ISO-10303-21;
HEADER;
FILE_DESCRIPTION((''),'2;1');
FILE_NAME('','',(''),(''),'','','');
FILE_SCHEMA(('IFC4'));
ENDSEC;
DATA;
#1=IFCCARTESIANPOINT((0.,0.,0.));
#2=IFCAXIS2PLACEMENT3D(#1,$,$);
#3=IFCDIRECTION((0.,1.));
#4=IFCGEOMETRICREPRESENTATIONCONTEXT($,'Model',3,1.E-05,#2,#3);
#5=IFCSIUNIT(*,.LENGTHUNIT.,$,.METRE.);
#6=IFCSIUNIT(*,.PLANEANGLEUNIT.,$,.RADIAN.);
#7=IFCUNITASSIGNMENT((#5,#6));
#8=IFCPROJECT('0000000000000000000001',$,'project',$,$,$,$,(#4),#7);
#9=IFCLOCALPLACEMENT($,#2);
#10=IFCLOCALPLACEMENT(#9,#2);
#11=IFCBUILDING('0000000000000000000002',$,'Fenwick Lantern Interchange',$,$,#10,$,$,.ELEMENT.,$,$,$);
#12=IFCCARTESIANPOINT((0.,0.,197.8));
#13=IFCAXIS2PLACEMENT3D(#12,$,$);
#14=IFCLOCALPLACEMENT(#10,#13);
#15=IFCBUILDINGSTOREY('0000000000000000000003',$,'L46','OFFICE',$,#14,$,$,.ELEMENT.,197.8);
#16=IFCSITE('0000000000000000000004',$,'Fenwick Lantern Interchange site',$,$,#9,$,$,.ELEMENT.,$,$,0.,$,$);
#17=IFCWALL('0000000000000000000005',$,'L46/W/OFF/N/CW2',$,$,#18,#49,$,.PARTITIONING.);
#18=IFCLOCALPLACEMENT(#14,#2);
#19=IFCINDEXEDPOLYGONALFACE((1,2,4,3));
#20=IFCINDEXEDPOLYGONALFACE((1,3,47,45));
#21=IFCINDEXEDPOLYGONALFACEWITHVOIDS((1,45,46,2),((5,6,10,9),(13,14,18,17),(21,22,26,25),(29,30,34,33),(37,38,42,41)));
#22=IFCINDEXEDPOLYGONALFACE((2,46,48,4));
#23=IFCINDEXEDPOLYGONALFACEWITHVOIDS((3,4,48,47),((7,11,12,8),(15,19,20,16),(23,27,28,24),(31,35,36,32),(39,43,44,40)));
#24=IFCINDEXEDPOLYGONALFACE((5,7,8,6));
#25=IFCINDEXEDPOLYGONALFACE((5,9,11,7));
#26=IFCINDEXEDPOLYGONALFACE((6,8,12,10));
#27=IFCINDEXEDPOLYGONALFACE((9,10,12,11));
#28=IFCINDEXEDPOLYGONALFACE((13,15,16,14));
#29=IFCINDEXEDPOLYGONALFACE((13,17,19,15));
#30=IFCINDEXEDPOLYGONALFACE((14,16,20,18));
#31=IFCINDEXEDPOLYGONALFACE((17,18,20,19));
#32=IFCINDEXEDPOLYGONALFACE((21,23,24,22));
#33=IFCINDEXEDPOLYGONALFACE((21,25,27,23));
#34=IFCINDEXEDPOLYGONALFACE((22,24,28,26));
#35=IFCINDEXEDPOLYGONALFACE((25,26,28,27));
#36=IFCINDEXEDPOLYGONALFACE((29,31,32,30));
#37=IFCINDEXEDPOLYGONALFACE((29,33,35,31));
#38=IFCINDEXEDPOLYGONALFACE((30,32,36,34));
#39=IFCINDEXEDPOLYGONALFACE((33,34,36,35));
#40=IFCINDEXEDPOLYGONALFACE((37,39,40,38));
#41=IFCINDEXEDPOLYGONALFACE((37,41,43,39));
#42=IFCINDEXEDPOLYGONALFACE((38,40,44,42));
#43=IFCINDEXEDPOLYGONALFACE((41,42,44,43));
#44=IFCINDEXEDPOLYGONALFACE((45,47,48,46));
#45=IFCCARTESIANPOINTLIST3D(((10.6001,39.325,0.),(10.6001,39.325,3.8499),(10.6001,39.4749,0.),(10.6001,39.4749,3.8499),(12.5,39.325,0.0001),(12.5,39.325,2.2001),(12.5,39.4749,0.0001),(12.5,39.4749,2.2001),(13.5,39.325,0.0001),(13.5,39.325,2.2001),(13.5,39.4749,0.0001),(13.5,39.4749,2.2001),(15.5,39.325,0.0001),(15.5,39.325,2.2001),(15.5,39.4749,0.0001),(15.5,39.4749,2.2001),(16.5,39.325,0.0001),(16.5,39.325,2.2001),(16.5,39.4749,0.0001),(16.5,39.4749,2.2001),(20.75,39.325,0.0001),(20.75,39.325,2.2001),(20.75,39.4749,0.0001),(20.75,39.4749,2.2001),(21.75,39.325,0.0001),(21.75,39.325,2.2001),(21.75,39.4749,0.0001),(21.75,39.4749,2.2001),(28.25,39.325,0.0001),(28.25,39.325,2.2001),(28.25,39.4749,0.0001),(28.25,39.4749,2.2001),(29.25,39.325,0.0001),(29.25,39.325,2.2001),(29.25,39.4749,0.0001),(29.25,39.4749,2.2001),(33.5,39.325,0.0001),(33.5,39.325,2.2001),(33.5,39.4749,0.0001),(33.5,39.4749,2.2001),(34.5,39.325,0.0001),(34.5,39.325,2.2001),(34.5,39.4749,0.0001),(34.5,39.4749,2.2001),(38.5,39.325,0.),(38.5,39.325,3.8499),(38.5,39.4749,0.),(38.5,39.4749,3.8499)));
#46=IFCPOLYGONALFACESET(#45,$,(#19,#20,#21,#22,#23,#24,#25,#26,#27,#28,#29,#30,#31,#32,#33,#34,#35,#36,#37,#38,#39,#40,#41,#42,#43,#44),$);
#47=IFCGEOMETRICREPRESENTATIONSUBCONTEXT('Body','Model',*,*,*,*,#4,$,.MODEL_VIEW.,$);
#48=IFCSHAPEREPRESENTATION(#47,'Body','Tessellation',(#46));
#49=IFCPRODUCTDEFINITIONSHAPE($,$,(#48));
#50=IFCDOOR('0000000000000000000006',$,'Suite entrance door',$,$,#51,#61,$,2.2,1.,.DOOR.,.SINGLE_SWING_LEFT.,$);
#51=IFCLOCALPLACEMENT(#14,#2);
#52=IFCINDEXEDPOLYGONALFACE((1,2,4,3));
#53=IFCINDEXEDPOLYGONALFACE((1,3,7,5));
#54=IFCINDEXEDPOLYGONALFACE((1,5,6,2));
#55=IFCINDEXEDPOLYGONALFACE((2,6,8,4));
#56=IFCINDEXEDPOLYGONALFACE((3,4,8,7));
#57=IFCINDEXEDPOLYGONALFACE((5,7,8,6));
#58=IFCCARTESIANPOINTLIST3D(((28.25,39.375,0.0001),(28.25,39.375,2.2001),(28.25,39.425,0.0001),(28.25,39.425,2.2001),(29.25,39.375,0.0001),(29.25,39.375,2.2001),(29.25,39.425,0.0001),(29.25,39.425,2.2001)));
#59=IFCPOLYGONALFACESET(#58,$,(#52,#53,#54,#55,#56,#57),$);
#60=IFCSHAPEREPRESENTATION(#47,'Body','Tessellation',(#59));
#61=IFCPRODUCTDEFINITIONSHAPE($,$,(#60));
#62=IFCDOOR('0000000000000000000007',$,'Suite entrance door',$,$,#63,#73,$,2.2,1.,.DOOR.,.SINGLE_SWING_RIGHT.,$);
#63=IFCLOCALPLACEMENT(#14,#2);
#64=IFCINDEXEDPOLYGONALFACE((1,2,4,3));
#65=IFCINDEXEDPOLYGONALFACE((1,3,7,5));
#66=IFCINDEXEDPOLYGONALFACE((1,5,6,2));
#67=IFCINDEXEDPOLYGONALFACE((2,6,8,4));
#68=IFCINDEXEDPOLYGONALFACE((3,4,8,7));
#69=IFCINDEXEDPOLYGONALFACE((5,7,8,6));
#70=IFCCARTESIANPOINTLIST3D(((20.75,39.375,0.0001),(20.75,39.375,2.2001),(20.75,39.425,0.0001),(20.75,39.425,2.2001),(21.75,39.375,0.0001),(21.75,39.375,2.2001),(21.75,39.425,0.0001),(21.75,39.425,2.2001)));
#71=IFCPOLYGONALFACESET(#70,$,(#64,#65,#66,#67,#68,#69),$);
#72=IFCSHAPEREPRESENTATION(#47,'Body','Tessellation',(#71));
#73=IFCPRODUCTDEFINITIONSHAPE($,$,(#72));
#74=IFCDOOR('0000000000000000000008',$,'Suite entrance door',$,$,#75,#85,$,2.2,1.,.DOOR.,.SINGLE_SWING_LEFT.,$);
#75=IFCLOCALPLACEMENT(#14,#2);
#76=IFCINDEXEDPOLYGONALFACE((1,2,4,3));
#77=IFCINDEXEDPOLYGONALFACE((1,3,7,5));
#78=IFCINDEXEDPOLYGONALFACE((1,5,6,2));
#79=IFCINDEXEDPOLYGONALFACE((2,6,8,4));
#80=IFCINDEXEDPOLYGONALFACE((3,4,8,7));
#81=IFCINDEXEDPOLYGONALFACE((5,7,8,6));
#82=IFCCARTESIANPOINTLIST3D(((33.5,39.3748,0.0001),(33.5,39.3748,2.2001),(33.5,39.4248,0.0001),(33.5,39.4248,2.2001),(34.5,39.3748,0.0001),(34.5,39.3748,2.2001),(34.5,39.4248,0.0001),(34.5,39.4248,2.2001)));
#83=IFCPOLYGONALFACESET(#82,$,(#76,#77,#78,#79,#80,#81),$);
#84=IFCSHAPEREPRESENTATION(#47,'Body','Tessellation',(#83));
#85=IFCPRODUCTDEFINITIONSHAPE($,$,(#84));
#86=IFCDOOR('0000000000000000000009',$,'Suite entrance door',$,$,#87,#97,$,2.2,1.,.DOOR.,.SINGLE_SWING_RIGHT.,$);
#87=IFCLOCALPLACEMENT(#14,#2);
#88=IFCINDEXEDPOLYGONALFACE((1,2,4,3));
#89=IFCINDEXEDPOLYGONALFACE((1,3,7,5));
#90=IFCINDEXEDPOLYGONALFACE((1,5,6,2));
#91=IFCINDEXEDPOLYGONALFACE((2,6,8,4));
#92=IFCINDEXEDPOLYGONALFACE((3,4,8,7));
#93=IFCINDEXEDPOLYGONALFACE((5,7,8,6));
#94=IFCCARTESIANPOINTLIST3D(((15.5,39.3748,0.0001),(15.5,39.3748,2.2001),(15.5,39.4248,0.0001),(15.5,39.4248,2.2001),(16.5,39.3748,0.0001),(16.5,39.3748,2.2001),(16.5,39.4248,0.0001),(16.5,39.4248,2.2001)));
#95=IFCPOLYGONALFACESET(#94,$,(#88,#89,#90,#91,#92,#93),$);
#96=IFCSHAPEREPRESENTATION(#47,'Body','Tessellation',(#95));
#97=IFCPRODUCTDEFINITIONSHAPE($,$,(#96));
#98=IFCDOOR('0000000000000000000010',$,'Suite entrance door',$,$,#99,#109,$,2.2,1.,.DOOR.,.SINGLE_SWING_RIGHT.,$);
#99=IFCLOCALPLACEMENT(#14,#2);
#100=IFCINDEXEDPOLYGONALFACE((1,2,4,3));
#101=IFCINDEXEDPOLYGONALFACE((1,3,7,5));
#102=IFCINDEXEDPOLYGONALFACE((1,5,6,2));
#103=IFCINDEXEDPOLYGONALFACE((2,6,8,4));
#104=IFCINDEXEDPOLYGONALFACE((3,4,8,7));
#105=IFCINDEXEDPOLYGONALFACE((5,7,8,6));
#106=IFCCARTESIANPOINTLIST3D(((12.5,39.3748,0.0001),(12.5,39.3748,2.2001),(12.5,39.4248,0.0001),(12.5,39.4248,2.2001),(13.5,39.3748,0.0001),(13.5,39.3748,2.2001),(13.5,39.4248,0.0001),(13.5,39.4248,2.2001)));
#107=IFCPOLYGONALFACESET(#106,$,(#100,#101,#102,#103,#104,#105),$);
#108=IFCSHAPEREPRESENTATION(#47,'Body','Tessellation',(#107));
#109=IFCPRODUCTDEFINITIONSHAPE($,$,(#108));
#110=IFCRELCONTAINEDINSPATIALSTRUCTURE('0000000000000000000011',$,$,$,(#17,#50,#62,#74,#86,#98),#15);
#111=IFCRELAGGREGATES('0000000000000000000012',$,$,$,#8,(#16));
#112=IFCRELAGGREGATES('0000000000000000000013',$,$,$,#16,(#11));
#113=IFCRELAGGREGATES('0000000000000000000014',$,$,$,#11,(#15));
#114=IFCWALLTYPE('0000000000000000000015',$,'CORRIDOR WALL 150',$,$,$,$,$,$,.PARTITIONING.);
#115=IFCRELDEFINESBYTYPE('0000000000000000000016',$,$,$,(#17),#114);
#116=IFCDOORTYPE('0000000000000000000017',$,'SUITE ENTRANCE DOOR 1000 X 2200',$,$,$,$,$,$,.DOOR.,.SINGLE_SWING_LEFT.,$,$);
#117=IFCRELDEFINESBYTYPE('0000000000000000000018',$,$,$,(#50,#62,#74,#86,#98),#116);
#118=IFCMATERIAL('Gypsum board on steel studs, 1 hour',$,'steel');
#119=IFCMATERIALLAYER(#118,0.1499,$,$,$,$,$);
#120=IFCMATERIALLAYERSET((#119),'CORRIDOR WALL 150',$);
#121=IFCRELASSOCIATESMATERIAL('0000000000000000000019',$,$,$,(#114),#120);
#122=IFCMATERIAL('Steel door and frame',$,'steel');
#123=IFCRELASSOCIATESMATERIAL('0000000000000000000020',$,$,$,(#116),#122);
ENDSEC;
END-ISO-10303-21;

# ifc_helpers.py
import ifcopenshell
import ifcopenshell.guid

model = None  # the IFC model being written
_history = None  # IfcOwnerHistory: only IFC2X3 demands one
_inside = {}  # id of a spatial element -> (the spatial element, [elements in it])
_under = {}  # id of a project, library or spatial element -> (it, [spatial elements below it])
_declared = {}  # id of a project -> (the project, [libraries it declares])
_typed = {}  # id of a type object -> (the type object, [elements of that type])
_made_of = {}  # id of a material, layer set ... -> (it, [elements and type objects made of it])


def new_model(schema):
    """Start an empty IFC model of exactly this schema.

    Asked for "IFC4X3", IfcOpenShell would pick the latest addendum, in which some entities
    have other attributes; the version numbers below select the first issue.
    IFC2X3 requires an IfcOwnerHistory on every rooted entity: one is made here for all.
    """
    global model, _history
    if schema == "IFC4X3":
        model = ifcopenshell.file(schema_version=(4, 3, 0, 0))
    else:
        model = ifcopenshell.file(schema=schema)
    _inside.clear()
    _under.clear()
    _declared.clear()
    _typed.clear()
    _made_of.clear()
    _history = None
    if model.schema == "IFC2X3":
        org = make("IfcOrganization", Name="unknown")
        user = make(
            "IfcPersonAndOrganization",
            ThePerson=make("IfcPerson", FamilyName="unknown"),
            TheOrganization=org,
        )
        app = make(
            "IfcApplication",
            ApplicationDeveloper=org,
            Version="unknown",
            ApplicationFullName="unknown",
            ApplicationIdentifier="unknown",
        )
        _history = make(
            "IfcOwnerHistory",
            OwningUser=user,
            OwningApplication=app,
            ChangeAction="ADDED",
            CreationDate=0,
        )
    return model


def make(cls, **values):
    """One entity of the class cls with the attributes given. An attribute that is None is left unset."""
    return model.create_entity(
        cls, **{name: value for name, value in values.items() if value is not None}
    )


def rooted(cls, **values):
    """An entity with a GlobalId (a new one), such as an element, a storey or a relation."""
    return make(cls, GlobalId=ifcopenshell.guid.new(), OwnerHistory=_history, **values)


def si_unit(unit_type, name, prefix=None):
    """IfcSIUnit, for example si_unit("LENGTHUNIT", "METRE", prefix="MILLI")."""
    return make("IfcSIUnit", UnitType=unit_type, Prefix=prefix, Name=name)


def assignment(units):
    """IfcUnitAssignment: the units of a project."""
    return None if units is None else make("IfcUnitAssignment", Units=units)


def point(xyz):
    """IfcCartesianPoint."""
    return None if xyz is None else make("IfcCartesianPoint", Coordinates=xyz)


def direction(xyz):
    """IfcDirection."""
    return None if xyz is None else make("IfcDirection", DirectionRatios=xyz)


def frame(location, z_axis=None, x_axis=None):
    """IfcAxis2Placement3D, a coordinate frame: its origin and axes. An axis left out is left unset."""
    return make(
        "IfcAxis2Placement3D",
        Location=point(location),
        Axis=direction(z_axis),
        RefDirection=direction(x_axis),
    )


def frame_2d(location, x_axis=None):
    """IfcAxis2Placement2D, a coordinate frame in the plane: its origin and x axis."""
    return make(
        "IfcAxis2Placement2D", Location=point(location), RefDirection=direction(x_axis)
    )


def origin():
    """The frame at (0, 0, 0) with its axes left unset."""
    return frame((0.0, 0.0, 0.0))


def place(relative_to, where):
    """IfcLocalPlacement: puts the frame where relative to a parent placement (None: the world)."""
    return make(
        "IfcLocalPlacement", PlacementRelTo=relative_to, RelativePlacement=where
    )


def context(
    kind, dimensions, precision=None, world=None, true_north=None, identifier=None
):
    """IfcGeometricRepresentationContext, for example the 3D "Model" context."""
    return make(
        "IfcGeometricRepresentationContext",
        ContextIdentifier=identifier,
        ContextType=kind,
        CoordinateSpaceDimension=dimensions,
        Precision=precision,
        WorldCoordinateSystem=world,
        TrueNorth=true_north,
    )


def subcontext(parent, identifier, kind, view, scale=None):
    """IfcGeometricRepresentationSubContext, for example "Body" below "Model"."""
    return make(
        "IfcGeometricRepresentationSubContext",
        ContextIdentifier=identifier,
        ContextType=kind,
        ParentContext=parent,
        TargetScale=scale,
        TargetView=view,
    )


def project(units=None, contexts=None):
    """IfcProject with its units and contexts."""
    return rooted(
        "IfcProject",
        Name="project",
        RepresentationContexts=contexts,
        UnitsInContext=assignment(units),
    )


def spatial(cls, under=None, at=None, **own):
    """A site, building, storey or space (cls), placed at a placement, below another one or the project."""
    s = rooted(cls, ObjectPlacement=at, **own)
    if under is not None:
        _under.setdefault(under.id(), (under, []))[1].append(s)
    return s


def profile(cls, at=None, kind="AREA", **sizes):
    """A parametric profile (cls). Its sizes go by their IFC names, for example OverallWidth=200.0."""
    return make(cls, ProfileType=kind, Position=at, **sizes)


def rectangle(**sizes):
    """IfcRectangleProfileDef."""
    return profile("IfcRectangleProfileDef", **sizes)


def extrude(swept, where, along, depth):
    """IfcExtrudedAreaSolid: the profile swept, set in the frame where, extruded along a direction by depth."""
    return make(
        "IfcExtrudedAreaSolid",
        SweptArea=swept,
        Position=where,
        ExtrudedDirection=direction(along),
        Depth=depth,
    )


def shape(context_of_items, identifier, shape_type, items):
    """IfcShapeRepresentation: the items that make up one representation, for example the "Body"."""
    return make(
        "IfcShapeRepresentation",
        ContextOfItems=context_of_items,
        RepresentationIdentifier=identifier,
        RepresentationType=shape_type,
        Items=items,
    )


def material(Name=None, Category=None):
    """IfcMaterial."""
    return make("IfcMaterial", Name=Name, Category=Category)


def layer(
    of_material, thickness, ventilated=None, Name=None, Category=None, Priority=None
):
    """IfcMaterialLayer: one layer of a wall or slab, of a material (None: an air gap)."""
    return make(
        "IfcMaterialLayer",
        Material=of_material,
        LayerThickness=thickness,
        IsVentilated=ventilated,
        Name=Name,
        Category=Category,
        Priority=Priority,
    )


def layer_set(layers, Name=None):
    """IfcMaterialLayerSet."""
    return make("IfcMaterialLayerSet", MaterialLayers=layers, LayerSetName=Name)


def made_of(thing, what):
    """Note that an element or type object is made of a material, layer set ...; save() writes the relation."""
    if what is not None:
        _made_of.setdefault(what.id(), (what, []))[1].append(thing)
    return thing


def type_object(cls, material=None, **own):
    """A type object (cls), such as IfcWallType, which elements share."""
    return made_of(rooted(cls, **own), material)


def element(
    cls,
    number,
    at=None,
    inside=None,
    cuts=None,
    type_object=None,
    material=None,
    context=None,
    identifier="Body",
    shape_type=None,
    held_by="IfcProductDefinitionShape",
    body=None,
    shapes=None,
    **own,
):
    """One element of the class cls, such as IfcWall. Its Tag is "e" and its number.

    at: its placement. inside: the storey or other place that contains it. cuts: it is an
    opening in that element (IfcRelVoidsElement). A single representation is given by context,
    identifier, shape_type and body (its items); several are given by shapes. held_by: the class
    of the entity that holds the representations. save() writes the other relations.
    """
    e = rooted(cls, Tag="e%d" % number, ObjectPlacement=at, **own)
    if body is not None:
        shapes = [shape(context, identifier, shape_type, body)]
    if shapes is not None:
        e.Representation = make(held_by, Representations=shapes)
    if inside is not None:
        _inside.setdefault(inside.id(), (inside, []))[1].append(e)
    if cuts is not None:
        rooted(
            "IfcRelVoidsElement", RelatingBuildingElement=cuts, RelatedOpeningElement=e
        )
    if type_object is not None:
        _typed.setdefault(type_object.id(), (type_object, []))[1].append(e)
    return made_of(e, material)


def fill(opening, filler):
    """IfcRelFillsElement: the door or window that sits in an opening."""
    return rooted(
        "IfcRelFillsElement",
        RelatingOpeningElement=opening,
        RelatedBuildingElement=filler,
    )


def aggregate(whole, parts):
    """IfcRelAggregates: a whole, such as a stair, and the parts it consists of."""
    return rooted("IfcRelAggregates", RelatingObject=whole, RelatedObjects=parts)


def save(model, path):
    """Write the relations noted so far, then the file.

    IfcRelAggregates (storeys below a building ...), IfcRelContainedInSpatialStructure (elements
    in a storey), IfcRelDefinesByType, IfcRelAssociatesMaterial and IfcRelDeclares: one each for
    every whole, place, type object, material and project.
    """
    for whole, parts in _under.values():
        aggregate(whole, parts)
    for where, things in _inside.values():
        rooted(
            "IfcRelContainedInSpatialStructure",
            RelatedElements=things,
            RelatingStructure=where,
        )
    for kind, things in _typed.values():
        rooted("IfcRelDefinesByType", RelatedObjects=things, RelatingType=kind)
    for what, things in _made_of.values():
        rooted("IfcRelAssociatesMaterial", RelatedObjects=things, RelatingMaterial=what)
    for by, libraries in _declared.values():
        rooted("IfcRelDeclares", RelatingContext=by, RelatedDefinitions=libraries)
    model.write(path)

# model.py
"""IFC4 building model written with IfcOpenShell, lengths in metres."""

from ifc_helpers import new_model, si_unit, direction, frame, frame_2d, origin, place, context, subcontext, project, spatial, rectangle, extrude, material, layer, layer_set, type_object, element, fill, save


model = new_model("IFC4")

# Units and contexts
model_context = context("Model", 3, precision=1e-05, world=origin(), true_north=direction((0.0, 1.0)))
body_context = subcontext(model_context, "Body", "Model", "MODEL_VIEW")
ifc_project = project(units=[si_unit("LENGTHUNIT", "METRE"), si_unit("PLANEANGLEUNIT", "RADIAN")], contexts=[model_context])

# Site, building, storey
site_placement = place(None, origin())
site = spatial("IfcSite", under=ifc_project, at=site_placement, Name="Fenwick Lantern Interchange site", CompositionType="ELEMENT", RefElevation=0.0)
building_placement = place(site_placement, origin())
building = spatial("IfcBuilding", under=site, at=building_placement, Name="Fenwick Lantern Interchange", CompositionType="ELEMENT")
storey_placement = place(building_placement, frame((0.0, 0.0, 197.8)))
storey = spatial("IfcBuildingStorey", under=building, at=storey_placement, Name="L46", Description="OFFICE", CompositionType="ELEMENT", Elevation=197.8)

# Shared definitions
ifc_material_1 = material(Name="Steel door and frame", Category="steel")

# Shared definitions
ifc_material_2 = material(Name="Gypsum board on steel studs, 1 hour", Category="steel")
ifc_layer_1 = layer(ifc_material_2, 0.1499)
ifc_layer_set_1 = layer_set([ifc_layer_1], Name="CORRIDOR WALL 150")
wall_type_1 = type_object("IfcWallType", Name="CORRIDOR WALL 150", PredefinedType="PARTITIONING", material=ifc_layer_set_1)

# Wall, openings, doors
wall_1_placement = place(storey_placement, frame((38.5, 39.3999, 0.0), z_axis=(0.0, 0.0, 1.0), x_axis=(-1.0, 0.0, 0.0)))
wall_1 = element("IfcWall", 1, at=wall_1_placement, inside=storey, type_object=wall_type_1, Name="L46/W/OFF/N/CW2", PredefinedType="PARTITIONING", context=body_context, shape_type="SweptSolid", body=[
    extrude(rectangle(XDim=27.8999, YDim=0.1499, at=frame_2d((13.95, 0.0))), origin(), (0.0, 0.0, 1.0), 3.8499),
])
opening_1_placement = place(wall_1_placement, frame((9.25, 0.0, 0.0)))
opening_1 = element("IfcOpeningElement", 2, at=opening_1_placement, cuts=wall_1, PredefinedType="OPENING", context=body_context, shape_type="SweptSolid", body=[
    extrude(rectangle(XDim=1.0, YDim=2.2, at=frame_2d((0.5, 1.1001))), frame((0.0, 0.085, 0.0), z_axis=(0.0, -1.0, 0.0), x_axis=(1.0, 0.0, 0.0)), (0.0, 0.0, 1.0), 0.1699),
])
opening_2_placement = place(wall_1_placement, frame((16.75, 0.0, 0.0)))
opening_2 = element("IfcOpeningElement", 3, at=opening_2_placement, cuts=wall_1, PredefinedType="OPENING", context=body_context, shape_type="SweptSolid", body=[
    extrude(rectangle(XDim=1.0, YDim=2.2, at=frame_2d((0.5, 1.1001))), frame((0.0, 0.085, 0.0), z_axis=(0.0, -1.0, 0.0), x_axis=(1.0, 0.0, 0.0)), (0.0, 0.0, 1.0), 0.1699),
])
opening_3_placement = place(wall_1_placement, frame((4.0, 0.0, 0.0)))
opening_3 = element("IfcOpeningElement", 4, at=opening_3_placement, cuts=wall_1, PredefinedType="OPENING", context=body_context, shape_type="SweptSolid", body=[
    extrude(rectangle(XDim=1.0, YDim=2.2, at=frame_2d((0.5, 1.1001))), frame((0.0, 0.085, 0.0), z_axis=(0.0, -1.0, 0.0), x_axis=(1.0, 0.0, 0.0)), (0.0, 0.0, 1.0), 0.1699),
])
opening_4_placement = place(wall_1_placement, frame((22.0, 0.0, 0.0)))
opening_4 = element("IfcOpeningElement", 5, at=opening_4_placement, cuts=wall_1, PredefinedType="OPENING", context=body_context, shape_type="SweptSolid", body=[
    extrude(rectangle(XDim=1.0, YDim=2.2, at=frame_2d((0.5, 1.1001))), frame((0.0, 0.085, 0.0), z_axis=(0.0, -1.0, 0.0), x_axis=(1.0, 0.0, 0.0)), (0.0, 0.0, 1.0), 0.1699),
])
opening_5_placement = place(wall_1_placement, frame((25.0, 0.0, 0.0)))
opening_5 = element("IfcOpeningElement", 6, at=opening_5_placement, cuts=wall_1, PredefinedType="OPENING", context=body_context, shape_type="SweptSolid", body=[
    extrude(rectangle(XDim=1.0, YDim=2.2, at=frame_2d((0.5, 1.1001))), frame((0.0, 0.085, 0.0), z_axis=(0.0, -1.0, 0.0), x_axis=(1.0, 0.0, 0.0)), (0.0, 0.0, 1.0), 0.1699),
])
door_type_1 = type_object("IfcDoorType", Name="SUITE ENTRANCE DOOR 1000 X 2200", OperationType="SINGLE_SWING_LEFT", PredefinedType="DOOR", material=ifc_material_1)
door_1_placement = place(opening_1_placement, origin())
door_1 = element("IfcDoor", 7, at=door_1_placement, inside=storey, type_object=door_type_1, Name="Suite entrance door", OperationType="SINGLE_SWING_LEFT", OverallHeight=2.2, OverallWidth=1.0, PredefinedType="DOOR", context=body_context, shape_type="SweptSolid", body=[
    extrude(rectangle(XDim=1.0, YDim=2.2, at=frame_2d((0.5, 1.1001))), frame((0.0, 0.0249, 0.0), z_axis=(0.0, -1.0, 0.0), x_axis=(1.0, 0.0, 0.0)), (0.0, 0.0, 1.0), 0.05),
])
fill(opening_1, door_1)
door_2_placement = place(opening_2_placement, origin())
door_2 = element("IfcDoor", 8, at=door_2_placement, inside=storey, type_object=door_type_1, Name="Suite entrance door", OperationType="SINGLE_SWING_RIGHT", OverallHeight=2.2, OverallWidth=1.0, PredefinedType="DOOR", context=body_context, shape_type="SweptSolid", body=[
    extrude(rectangle(XDim=1.0, YDim=2.2, at=frame_2d((0.5, 1.1001))), frame((0.0, 0.0249, 0.0), z_axis=(0.0, -1.0, 0.0), x_axis=(1.0, 0.0, 0.0)), (0.0, 0.0, 1.0), 0.05),
])
fill(opening_2, door_2)
door_3_placement = place(opening_3_placement, frame((1.0, 0.0, 0.0), z_axis=(0.0, 0.0, 1.0), x_axis=(-1.0, 0.0, 0.0)))
door_3 = element("IfcDoor", 9, at=door_3_placement, inside=storey, type_object=door_type_1, Name="Suite entrance door", OperationType="SINGLE_SWING_LEFT", OverallHeight=2.2, OverallWidth=1.0, PredefinedType="DOOR", context=body_context, shape_type="SweptSolid", body=[
    extrude(rectangle(XDim=1.0, YDim=2.2, at=frame_2d((0.5, 1.1001))), frame((0.0, 0.0249, 0.0), z_axis=(0.0, -1.0, 0.0), x_axis=(1.0, 0.0, 0.0)), (0.0, 0.0, 1.0), 0.05),
])
fill(opening_3, door_3)
door_4_placement = place(opening_4_placement, frame((1.0, 0.0, 0.0), z_axis=(0.0, 0.0, 1.0), x_axis=(-1.0, 0.0, 0.0)))
door_4 = element("IfcDoor", 10, at=door_4_placement, inside=storey, type_object=door_type_1, Name="Suite entrance door", OperationType="SINGLE_SWING_RIGHT", OverallHeight=2.2, OverallWidth=1.0, PredefinedType="DOOR", context=body_context, shape_type="SweptSolid", body=[
    extrude(rectangle(XDim=1.0, YDim=2.2, at=frame_2d((0.5, 1.1001))), frame((0.0, 0.0249, 0.0), z_axis=(0.0, -1.0, 0.0), x_axis=(1.0, 0.0, 0.0)), (0.0, 0.0, 1.0), 0.05),
])
fill(opening_4, door_4)
door_5_placement = place(opening_5_placement, frame((1.0, 0.0, 0.0), z_axis=(0.0, 0.0, 1.0), x_axis=(-1.0, 0.0, 0.0)))
door_5 = element("IfcDoor", 11, at=door_5_placement, inside=storey, type_object=door_type_1, Name="Suite entrance door", OperationType="SINGLE_SWING_RIGHT", OverallHeight=2.2, OverallWidth=1.0, PredefinedType="DOOR", context=body_context, shape_type="SweptSolid", body=[
    extrude(rectangle(XDim=1.0, YDim=2.2, at=frame_2d((0.5, 1.1001))), frame((0.0, 0.0249, 0.0), z_axis=(0.0, -1.0, 0.0), x_axis=(1.0, 0.0, 0.0)), (0.0, 0.0, 1.0), 0.05),
])
fill(opening_5, door_5)

save(model, "model.ifc")
